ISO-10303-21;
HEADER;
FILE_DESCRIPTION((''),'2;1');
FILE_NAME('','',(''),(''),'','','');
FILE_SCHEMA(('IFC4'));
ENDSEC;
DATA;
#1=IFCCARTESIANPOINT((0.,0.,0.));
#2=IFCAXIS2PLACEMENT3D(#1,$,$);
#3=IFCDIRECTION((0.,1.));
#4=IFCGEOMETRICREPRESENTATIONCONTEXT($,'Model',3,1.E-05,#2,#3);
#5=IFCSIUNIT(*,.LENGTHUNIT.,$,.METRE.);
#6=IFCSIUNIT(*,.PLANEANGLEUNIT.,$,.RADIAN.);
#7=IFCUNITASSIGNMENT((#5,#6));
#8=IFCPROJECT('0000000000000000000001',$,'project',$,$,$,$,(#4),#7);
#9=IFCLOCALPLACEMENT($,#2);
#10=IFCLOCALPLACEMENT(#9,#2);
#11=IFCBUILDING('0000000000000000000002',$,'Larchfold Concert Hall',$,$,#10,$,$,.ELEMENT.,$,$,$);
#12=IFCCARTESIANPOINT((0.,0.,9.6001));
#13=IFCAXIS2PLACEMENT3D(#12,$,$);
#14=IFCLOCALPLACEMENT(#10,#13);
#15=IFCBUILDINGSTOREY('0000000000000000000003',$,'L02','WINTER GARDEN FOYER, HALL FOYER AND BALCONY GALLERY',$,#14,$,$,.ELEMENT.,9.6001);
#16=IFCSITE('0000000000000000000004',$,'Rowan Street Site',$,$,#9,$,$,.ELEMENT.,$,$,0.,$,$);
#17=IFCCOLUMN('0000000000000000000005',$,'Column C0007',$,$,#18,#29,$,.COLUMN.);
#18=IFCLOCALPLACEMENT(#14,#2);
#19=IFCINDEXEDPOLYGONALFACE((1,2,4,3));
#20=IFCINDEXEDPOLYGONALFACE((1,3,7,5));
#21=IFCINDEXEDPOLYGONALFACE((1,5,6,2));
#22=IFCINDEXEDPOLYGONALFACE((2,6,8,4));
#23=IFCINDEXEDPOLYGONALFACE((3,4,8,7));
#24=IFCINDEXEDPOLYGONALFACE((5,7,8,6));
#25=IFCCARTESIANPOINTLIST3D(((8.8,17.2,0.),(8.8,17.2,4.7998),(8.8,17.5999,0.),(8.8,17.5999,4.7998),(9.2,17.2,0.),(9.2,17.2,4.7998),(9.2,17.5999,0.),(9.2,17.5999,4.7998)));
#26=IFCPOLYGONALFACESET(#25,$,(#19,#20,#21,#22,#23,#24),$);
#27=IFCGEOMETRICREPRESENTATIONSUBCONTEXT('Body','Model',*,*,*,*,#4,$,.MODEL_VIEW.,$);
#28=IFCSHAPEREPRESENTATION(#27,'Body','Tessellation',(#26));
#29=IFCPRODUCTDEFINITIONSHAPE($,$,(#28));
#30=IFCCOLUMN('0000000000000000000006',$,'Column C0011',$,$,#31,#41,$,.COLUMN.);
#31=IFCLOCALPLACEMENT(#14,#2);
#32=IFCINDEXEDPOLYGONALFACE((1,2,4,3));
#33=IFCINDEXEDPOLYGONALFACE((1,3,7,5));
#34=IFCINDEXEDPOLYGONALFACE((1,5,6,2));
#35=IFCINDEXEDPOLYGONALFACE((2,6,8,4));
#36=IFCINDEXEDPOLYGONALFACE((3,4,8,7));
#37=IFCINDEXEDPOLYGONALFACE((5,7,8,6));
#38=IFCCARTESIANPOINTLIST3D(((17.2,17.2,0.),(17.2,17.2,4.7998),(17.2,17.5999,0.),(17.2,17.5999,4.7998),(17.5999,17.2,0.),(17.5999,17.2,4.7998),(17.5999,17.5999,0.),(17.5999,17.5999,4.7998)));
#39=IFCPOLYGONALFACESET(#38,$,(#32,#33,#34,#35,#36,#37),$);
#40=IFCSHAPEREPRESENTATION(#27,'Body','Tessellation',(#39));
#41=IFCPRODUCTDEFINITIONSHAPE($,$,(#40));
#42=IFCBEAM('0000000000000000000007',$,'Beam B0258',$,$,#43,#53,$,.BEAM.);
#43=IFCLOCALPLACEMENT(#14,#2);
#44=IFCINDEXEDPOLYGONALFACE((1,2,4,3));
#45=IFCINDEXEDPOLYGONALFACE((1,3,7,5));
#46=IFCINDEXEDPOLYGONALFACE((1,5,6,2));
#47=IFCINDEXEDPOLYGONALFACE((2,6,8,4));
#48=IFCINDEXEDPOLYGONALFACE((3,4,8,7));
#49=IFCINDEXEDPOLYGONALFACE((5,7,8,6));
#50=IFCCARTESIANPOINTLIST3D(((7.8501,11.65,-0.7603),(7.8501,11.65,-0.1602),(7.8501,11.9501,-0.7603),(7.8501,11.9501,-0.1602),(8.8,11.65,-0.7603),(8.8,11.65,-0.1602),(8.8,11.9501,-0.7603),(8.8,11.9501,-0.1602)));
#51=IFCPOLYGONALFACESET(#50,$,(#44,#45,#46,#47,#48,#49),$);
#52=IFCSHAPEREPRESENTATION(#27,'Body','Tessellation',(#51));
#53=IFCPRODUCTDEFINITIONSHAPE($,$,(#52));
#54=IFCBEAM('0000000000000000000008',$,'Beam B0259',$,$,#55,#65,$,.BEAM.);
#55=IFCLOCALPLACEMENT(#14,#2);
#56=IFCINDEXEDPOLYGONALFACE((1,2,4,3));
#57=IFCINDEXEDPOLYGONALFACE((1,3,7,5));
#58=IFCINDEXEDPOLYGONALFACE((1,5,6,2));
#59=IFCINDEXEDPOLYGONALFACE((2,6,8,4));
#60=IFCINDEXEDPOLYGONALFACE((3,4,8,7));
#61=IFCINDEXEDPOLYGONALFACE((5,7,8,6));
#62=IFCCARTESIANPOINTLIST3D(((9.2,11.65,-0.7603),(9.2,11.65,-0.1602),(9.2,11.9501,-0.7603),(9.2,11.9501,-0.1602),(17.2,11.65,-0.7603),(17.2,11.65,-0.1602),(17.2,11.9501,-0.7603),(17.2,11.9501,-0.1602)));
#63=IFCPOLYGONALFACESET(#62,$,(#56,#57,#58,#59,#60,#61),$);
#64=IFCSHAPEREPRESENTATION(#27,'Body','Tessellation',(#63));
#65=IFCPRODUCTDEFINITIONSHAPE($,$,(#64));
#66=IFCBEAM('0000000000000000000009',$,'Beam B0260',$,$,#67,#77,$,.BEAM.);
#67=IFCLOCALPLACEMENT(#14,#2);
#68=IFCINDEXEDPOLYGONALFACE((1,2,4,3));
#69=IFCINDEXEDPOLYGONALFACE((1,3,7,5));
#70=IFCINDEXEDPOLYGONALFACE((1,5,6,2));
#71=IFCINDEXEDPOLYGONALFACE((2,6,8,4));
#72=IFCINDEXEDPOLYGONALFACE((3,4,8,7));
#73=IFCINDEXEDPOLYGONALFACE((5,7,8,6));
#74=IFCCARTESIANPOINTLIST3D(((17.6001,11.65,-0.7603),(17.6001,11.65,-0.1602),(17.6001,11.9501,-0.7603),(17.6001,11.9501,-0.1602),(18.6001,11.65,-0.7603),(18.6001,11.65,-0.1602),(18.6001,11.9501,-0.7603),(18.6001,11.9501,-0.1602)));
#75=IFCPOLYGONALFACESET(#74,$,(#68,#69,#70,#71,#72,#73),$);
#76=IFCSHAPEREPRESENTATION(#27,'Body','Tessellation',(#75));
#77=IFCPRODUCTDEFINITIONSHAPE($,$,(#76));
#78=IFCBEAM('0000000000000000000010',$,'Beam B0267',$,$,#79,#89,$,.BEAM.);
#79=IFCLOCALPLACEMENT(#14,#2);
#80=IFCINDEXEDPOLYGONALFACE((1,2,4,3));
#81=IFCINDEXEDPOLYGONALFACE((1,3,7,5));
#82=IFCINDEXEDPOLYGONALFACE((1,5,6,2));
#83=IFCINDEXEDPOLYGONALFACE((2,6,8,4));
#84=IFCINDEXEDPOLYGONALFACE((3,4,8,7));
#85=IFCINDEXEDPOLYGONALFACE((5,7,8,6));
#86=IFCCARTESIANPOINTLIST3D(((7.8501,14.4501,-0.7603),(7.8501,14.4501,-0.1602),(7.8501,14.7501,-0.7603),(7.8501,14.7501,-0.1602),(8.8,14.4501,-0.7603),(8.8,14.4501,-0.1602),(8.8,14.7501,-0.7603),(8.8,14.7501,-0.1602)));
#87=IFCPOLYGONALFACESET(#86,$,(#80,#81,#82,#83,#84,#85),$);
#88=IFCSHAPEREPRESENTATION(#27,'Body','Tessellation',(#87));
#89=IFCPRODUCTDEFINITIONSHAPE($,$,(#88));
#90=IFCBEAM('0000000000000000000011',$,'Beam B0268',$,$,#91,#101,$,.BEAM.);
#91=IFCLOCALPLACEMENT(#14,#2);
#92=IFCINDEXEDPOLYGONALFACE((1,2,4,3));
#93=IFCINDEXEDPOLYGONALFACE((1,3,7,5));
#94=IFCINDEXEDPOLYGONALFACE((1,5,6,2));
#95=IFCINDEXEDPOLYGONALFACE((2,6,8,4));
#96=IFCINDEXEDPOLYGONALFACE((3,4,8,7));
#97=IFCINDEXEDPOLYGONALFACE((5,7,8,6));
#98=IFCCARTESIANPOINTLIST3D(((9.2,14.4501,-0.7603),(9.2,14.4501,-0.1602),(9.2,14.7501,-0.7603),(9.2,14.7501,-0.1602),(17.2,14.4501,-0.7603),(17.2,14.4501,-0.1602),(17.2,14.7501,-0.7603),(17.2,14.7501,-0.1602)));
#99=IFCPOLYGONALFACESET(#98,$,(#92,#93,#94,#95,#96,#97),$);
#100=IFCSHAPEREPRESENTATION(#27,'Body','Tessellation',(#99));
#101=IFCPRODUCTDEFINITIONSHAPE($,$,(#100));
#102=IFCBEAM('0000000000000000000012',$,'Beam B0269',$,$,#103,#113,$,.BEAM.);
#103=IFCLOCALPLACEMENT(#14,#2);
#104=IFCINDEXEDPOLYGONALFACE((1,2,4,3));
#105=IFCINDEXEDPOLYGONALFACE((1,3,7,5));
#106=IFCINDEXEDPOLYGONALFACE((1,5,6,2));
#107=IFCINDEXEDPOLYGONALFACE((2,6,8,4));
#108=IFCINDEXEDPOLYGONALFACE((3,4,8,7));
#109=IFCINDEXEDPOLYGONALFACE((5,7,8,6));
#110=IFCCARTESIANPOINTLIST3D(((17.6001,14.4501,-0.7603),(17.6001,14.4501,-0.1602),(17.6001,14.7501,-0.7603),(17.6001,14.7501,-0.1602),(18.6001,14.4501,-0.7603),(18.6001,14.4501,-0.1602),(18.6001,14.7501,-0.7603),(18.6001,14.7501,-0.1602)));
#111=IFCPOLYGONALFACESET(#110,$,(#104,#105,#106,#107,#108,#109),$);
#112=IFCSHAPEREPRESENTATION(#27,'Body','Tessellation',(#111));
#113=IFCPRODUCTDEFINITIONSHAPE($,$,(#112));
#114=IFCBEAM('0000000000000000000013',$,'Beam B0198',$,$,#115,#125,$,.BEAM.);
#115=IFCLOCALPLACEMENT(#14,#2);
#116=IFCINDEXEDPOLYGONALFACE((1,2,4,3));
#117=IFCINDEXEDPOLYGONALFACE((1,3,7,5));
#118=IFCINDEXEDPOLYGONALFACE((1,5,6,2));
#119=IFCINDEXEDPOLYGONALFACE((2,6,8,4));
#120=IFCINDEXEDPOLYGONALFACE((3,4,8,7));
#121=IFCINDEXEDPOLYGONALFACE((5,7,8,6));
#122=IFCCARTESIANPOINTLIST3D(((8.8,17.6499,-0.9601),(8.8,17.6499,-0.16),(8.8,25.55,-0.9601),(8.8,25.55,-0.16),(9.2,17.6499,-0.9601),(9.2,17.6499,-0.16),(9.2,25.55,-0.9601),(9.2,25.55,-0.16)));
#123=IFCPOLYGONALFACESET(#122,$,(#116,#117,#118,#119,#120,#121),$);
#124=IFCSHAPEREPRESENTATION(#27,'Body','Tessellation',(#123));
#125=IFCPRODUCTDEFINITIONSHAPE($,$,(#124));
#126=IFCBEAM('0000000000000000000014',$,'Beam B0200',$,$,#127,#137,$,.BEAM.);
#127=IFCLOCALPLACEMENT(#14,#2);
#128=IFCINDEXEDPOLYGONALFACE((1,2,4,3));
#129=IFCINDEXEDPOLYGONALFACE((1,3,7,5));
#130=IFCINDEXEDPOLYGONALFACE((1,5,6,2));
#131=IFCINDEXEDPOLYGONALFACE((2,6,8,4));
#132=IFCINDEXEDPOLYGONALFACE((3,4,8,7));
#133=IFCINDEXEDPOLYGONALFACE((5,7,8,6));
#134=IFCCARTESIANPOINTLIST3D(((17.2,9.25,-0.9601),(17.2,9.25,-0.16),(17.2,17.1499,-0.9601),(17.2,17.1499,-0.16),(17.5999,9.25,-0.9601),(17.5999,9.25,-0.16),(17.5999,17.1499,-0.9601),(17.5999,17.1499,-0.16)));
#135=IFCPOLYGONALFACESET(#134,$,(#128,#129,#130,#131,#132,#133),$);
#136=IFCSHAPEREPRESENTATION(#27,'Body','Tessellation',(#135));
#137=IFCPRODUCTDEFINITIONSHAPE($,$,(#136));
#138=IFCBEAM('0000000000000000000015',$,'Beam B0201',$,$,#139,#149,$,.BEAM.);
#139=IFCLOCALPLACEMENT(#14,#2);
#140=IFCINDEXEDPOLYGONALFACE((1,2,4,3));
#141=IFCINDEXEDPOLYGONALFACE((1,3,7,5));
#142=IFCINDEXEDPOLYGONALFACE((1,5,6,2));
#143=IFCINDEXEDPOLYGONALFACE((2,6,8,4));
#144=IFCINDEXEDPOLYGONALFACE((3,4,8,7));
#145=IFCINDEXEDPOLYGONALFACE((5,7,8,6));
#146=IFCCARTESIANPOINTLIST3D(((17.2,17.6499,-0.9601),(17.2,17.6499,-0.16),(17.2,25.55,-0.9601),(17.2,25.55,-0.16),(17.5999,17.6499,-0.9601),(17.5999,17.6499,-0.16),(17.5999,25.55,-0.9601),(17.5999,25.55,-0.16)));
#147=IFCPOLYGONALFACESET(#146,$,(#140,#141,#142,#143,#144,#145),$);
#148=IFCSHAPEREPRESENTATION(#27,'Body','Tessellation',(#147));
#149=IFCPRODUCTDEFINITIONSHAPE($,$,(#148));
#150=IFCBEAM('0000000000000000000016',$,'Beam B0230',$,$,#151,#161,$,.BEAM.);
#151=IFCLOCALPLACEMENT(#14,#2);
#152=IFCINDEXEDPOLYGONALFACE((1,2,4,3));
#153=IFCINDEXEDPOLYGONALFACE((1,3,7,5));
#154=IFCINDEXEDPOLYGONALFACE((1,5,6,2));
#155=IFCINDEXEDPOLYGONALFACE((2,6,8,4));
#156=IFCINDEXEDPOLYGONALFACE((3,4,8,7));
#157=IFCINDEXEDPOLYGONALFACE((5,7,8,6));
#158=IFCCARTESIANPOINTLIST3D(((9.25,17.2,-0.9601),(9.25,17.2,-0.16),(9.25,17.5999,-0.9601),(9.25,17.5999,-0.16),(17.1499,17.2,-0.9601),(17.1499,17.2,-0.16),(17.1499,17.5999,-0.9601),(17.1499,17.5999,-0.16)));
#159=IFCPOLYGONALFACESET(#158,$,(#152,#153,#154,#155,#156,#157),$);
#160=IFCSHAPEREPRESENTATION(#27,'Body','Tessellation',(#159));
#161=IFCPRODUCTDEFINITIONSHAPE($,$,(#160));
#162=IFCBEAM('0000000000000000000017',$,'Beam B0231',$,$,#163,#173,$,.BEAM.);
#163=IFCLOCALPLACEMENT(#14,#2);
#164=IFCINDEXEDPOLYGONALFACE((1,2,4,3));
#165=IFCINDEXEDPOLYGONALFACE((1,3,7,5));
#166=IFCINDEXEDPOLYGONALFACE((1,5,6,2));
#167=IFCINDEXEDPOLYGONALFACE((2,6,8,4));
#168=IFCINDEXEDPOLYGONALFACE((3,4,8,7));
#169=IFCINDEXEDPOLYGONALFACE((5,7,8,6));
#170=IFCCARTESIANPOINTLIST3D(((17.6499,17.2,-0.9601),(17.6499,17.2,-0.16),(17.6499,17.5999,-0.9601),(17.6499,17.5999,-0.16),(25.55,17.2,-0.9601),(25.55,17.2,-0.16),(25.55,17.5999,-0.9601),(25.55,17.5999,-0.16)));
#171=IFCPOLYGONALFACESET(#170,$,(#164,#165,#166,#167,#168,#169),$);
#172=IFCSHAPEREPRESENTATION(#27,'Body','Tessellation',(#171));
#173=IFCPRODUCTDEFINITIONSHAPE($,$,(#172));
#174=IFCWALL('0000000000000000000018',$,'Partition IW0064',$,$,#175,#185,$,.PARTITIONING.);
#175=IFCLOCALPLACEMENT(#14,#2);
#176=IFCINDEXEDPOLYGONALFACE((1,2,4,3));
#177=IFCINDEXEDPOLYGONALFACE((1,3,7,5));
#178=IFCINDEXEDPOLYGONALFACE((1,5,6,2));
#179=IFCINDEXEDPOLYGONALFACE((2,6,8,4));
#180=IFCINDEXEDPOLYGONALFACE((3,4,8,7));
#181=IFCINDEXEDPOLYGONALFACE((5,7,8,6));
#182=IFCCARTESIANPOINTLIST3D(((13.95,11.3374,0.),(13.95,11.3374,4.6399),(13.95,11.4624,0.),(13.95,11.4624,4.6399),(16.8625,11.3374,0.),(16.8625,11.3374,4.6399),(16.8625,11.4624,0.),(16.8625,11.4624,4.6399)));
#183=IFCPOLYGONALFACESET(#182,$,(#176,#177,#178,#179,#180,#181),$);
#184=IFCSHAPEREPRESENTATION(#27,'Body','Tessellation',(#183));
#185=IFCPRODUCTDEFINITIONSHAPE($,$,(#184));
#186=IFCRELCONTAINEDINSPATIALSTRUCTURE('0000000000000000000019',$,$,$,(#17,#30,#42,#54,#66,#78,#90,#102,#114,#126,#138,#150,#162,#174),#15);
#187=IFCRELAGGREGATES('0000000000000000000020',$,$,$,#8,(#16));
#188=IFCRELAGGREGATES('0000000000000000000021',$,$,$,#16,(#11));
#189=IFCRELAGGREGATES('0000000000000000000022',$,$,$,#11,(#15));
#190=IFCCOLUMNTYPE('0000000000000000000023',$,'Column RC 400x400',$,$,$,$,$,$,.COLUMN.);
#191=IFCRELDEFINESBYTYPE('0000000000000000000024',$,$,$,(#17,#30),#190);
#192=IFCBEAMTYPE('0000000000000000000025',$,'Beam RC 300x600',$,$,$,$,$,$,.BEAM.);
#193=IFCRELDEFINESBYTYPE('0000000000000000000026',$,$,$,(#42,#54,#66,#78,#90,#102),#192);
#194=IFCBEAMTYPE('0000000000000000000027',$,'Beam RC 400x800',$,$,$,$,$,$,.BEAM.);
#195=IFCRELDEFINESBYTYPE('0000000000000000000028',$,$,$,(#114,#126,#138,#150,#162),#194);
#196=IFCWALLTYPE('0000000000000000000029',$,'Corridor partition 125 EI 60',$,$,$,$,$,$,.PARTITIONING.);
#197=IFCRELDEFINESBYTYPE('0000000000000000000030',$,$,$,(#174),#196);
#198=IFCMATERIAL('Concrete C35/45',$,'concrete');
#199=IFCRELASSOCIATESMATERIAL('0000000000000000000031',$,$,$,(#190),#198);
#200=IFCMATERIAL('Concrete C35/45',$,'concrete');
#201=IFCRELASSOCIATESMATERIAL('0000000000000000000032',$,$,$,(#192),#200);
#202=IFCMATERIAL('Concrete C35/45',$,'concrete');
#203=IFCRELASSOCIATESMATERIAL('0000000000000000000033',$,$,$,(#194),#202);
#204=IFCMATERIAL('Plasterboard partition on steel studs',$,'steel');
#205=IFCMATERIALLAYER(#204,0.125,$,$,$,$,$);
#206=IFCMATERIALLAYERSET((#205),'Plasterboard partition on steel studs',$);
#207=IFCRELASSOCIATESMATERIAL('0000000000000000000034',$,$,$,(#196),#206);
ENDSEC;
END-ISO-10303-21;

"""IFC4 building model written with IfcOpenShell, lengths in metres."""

from ifc_helpers import new_model, si_unit, direction, frame, frame_2d, origin, origin_2d, place, context, subcontext, project, spatial, rectangle, extrude, material, layer, layer_set, material_profile, profile_set, type_object, element, save


model = new_model("IFC4")

# Units and contexts
model_context = context("Model", 3, precision=1e-05, world=origin(), true_north=direction((0.0, 1.0)))
body_context = subcontext(model_context, "Body", "Model", "MODEL_VIEW")
ifc_project = project(units=[si_unit("LENGTHUNIT", "METRE"), si_unit("PLANEANGLEUNIT", "RADIAN")], contexts=[model_context])

# Site, building, storey
site_placement = place(None, origin())
site = spatial("IfcSite", under=ifc_project, at=site_placement, Name="Rowan Street Site", CompositionType="ELEMENT", RefElevation=0.0)
building_placement = place(site_placement, origin())
building = spatial("IfcBuilding", under=site, at=building_placement, Name="Larchfold Concert Hall", CompositionType="ELEMENT")
storey_placement = place(building_placement, frame((0.0, 0.0, 9.6001)))
storey = spatial("IfcBuildingStorey", under=building, at=storey_placement, Name="L02", Description="WINTER GARDEN FOYER, HALL FOYER AND BALCONY GALLERY", CompositionType="ELEMENT", Elevation=9.6001)

# Columns
ifc_material_1 = material(Name="Concrete C35/45", Category="concrete")
ifc_material_profile_1 = material_profile(ifc_material_1, rectangle(XDim=0.3999, YDim=0.3999, at=origin_2d()))
ifc_profile_set_1 = profile_set([ifc_material_profile_1], Name="Concrete C35/45")
column_type = type_object("IfcColumnType", Name="Column RC 400x400", PredefinedType="COLUMN", material=ifc_profile_set_1)
for number, where, z_axis, x_axis, name in (
    (1, (9.0, 17.3999, 0.0), (0.0, 0.0, 1.0), (1.0, 0.0, 0.0), "Column C0007"),
    (2, (17.3999, 17.3999, 0.0), (0.0, 0.0, 1.0), (1.0, 0.0, 0.0), "Column C0011"),
):
    element("IfcColumn", number, at=place(storey_placement, frame(where, z_axis=z_axis, x_axis=x_axis)), inside=storey, type_object=column_type, Name=name, PredefinedType="COLUMN", context=body_context, shape_type="SweptSolid", body=[
        extrude(rectangle(XDim=0.3999, YDim=0.3999, at=origin_2d()), origin(), (0.0, 0.0, 1.0), 4.7998),
    ])

# Beams
ifc_material_2 = material(Name="Concrete C35/45", Category="concrete")
ifc_material_profile_2 = material_profile(ifc_material_2, rectangle(XDim=0.3, YDim=0.6001, at=origin_2d()))
ifc_profile_set_2 = profile_set([ifc_material_profile_2], Name="Concrete C35/45")
beam_type_1 = type_object("IfcBeamType", Name="Beam RC 300x600", PredefinedType="BEAM", material=ifc_profile_set_2)
beam_1_placement = place(storey_placement, frame((7.8501, 11.8, -0.4602), z_axis=(1.0, 0.0, 0.0), x_axis=(0.0, 1.0, 0.0)))
element("IfcBeam", 3, at=beam_1_placement, inside=storey, type_object=beam_type_1, Name="Beam B0258", PredefinedType="BEAM", context=body_context, shape_type="SweptSolid", body=[
    extrude(rectangle(XDim=0.3, YDim=0.6001, at=origin_2d()), origin(), (0.0, 0.0, 1.0), 0.95),
])
beam_2_placement = place(storey_placement, frame((9.2, 11.8, -0.4602), z_axis=(1.0, 0.0, 0.0), x_axis=(0.0, 1.0, 0.0)))
element("IfcBeam", 4, at=beam_2_placement, inside=storey, type_object=beam_type_1, Name="Beam B0259", PredefinedType="BEAM", context=body_context, shape_type="SweptSolid", body=[
    extrude(rectangle(XDim=0.3, YDim=0.6001, at=origin_2d()), origin(), (0.0, 0.0, 1.0), 8.0),
])
beam_3_placement = place(storey_placement, frame((17.6001, 11.8, -0.4602), z_axis=(1.0, 0.0, 0.0), x_axis=(0.0, 1.0, 0.0)))
element("IfcBeam", 5, at=beam_3_placement, inside=storey, type_object=beam_type_1, Name="Beam B0260", PredefinedType="BEAM", context=body_context, shape_type="SweptSolid", body=[
    extrude(rectangle(XDim=0.3, YDim=0.6001, at=origin_2d()), origin(), (0.0, 0.0, 1.0), 1.0),
])
beam_4_placement = place(storey_placement, frame((7.8501, 14.6001, -0.4602), z_axis=(1.0, 0.0, 0.0), x_axis=(0.0, 1.0, 0.0)))
element("IfcBeam", 6, at=beam_4_placement, inside=storey, type_object=beam_type_1, Name="Beam B0267", PredefinedType="BEAM", context=body_context, shape_type="SweptSolid", body=[
    extrude(rectangle(XDim=0.3, YDim=0.6001, at=origin_2d()), origin(), (0.0, 0.0, 1.0), 0.95),
])
beam_5_placement = place(storey_placement, frame((9.2, 14.6001, -0.4602), z_axis=(1.0, 0.0, 0.0), x_axis=(0.0, 1.0, 0.0)))
element("IfcBeam", 7, at=beam_5_placement, inside=storey, type_object=beam_type_1, Name="Beam B0268", PredefinedType="BEAM", context=body_context, shape_type="SweptSolid", body=[
    extrude(rectangle(XDim=0.3, YDim=0.6001, at=origin_2d()), origin(), (0.0, 0.0, 1.0), 8.0),
])
beam_6_placement = place(storey_placement, frame((17.6001, 14.6001, -0.4602), z_axis=(1.0, 0.0, 0.0), x_axis=(0.0, 1.0, 0.0)))
element("IfcBeam", 8, at=beam_6_placement, inside=storey, type_object=beam_type_1, Name="Beam B0269", PredefinedType="BEAM", context=body_context, shape_type="SweptSolid", body=[
    extrude(rectangle(XDim=0.3, YDim=0.6001, at=origin_2d()), origin(), (0.0, 0.0, 1.0), 1.0),
])
ifc_material_3 = material(Name="Concrete C35/45", Category="concrete")
ifc_material_profile_3 = material_profile(ifc_material_3, rectangle(XDim=0.3999, YDim=0.8, at=origin_2d()))
ifc_profile_set_3 = profile_set([ifc_material_profile_3], Name="Concrete C35/45")
beam_type_2 = type_object("IfcBeamType", Name="Beam RC 400x800", PredefinedType="BEAM", material=ifc_profile_set_3)
beam_7_placement = place(storey_placement, frame((9.0, 17.6499, -0.5601), z_axis=(0.0, 1.0, 0.0), x_axis=(-1.0, 0.0, 0.0)))
element("IfcBeam", 9, at=beam_7_placement, inside=storey, type_object=beam_type_2, Name="Beam B0198", PredefinedType="BEAM", context=body_context, shape_type="SweptSolid", body=[
    extrude(rectangle(XDim=0.3999, YDim=0.8, at=origin_2d()), origin(), (0.0, 0.0, 1.0), 7.9001),
])
beam_8_placement = place(storey_placement, frame((17.3999, 9.25, -0.5601), z_axis=(0.0, 1.0, 0.0), x_axis=(-1.0, 0.0, 0.0)))
element("IfcBeam", 10, at=beam_8_placement, inside=storey, type_object=beam_type_2, Name="Beam B0200", PredefinedType="BEAM", context=body_context, shape_type="SweptSolid", body=[
    extrude(rectangle(XDim=0.3999, YDim=0.8, at=origin_2d()), origin(), (0.0, 0.0, 1.0), 7.8999),
])
beam_9_placement = place(storey_placement, frame((17.3999, 17.6499, -0.5601), z_axis=(0.0, 1.0, 0.0), x_axis=(-1.0, 0.0, 0.0)))
element("IfcBeam", 11, at=beam_9_placement, inside=storey, type_object=beam_type_2, Name="Beam B0201", PredefinedType="BEAM", context=body_context, shape_type="SweptSolid", body=[
    extrude(rectangle(XDim=0.3999, YDim=0.8, at=origin_2d()), origin(), (0.0, 0.0, 1.0), 7.9001),
])
beam_10_placement = place(storey_placement, frame((9.25, 17.3999, -0.5601), z_axis=(1.0, 0.0, 0.0), x_axis=(0.0, 1.0, 0.0)))
element("IfcBeam", 12, at=beam_10_placement, inside=storey, type_object=beam_type_2, Name="Beam B0230", PredefinedType="BEAM", context=body_context, shape_type="SweptSolid", body=[
    extrude(rectangle(XDim=0.3999, YDim=0.8, at=origin_2d()), origin(), (0.0, 0.0, 1.0), 7.8999),
])
beam_11_placement = place(storey_placement, frame((17.6499, 17.3999, -0.5601), z_axis=(1.0, 0.0, 0.0), x_axis=(0.0, 1.0, 0.0)))
element("IfcBeam", 13, at=beam_11_placement, inside=storey, type_object=beam_type_2, Name="Beam B0231", PredefinedType="BEAM", context=body_context, shape_type="SweptSolid", body=[
    extrude(rectangle(XDim=0.3999, YDim=0.8, at=origin_2d()), origin(), (0.0, 0.0, 1.0), 7.9001),
])

# Wall
ifc_material_4 = material(Name="Plasterboard partition on steel studs", Category="steel")
ifc_layer_1 = layer(ifc_material_4, 0.125)
ifc_layer_set_1 = layer_set([ifc_layer_1], Name="Plasterboard partition on steel studs")
wall_type_1 = type_object("IfcWallType", Name="Corridor partition 125 EI 60", PredefinedType="PARTITIONING", material=ifc_layer_set_1)
wall_1_placement = place(storey_placement, frame((13.95, 11.3999, 0.0), z_axis=(0.0, 0.0, 1.0), x_axis=(1.0, 0.0, 0.0)))
element("IfcWall", 14, at=wall_1_placement, inside=storey, type_object=wall_type_1, Name="Partition IW0064", PredefinedType="PARTITIONING", context=body_context, shape_type="SweptSolid", body=[
    extrude(rectangle(XDim=2.9126, YDim=0.125, at=frame_2d((1.4563, 0.0))), origin(), (0.0, 0.0, 1.0), 4.6399),
])

save(model, "model.ifc")
